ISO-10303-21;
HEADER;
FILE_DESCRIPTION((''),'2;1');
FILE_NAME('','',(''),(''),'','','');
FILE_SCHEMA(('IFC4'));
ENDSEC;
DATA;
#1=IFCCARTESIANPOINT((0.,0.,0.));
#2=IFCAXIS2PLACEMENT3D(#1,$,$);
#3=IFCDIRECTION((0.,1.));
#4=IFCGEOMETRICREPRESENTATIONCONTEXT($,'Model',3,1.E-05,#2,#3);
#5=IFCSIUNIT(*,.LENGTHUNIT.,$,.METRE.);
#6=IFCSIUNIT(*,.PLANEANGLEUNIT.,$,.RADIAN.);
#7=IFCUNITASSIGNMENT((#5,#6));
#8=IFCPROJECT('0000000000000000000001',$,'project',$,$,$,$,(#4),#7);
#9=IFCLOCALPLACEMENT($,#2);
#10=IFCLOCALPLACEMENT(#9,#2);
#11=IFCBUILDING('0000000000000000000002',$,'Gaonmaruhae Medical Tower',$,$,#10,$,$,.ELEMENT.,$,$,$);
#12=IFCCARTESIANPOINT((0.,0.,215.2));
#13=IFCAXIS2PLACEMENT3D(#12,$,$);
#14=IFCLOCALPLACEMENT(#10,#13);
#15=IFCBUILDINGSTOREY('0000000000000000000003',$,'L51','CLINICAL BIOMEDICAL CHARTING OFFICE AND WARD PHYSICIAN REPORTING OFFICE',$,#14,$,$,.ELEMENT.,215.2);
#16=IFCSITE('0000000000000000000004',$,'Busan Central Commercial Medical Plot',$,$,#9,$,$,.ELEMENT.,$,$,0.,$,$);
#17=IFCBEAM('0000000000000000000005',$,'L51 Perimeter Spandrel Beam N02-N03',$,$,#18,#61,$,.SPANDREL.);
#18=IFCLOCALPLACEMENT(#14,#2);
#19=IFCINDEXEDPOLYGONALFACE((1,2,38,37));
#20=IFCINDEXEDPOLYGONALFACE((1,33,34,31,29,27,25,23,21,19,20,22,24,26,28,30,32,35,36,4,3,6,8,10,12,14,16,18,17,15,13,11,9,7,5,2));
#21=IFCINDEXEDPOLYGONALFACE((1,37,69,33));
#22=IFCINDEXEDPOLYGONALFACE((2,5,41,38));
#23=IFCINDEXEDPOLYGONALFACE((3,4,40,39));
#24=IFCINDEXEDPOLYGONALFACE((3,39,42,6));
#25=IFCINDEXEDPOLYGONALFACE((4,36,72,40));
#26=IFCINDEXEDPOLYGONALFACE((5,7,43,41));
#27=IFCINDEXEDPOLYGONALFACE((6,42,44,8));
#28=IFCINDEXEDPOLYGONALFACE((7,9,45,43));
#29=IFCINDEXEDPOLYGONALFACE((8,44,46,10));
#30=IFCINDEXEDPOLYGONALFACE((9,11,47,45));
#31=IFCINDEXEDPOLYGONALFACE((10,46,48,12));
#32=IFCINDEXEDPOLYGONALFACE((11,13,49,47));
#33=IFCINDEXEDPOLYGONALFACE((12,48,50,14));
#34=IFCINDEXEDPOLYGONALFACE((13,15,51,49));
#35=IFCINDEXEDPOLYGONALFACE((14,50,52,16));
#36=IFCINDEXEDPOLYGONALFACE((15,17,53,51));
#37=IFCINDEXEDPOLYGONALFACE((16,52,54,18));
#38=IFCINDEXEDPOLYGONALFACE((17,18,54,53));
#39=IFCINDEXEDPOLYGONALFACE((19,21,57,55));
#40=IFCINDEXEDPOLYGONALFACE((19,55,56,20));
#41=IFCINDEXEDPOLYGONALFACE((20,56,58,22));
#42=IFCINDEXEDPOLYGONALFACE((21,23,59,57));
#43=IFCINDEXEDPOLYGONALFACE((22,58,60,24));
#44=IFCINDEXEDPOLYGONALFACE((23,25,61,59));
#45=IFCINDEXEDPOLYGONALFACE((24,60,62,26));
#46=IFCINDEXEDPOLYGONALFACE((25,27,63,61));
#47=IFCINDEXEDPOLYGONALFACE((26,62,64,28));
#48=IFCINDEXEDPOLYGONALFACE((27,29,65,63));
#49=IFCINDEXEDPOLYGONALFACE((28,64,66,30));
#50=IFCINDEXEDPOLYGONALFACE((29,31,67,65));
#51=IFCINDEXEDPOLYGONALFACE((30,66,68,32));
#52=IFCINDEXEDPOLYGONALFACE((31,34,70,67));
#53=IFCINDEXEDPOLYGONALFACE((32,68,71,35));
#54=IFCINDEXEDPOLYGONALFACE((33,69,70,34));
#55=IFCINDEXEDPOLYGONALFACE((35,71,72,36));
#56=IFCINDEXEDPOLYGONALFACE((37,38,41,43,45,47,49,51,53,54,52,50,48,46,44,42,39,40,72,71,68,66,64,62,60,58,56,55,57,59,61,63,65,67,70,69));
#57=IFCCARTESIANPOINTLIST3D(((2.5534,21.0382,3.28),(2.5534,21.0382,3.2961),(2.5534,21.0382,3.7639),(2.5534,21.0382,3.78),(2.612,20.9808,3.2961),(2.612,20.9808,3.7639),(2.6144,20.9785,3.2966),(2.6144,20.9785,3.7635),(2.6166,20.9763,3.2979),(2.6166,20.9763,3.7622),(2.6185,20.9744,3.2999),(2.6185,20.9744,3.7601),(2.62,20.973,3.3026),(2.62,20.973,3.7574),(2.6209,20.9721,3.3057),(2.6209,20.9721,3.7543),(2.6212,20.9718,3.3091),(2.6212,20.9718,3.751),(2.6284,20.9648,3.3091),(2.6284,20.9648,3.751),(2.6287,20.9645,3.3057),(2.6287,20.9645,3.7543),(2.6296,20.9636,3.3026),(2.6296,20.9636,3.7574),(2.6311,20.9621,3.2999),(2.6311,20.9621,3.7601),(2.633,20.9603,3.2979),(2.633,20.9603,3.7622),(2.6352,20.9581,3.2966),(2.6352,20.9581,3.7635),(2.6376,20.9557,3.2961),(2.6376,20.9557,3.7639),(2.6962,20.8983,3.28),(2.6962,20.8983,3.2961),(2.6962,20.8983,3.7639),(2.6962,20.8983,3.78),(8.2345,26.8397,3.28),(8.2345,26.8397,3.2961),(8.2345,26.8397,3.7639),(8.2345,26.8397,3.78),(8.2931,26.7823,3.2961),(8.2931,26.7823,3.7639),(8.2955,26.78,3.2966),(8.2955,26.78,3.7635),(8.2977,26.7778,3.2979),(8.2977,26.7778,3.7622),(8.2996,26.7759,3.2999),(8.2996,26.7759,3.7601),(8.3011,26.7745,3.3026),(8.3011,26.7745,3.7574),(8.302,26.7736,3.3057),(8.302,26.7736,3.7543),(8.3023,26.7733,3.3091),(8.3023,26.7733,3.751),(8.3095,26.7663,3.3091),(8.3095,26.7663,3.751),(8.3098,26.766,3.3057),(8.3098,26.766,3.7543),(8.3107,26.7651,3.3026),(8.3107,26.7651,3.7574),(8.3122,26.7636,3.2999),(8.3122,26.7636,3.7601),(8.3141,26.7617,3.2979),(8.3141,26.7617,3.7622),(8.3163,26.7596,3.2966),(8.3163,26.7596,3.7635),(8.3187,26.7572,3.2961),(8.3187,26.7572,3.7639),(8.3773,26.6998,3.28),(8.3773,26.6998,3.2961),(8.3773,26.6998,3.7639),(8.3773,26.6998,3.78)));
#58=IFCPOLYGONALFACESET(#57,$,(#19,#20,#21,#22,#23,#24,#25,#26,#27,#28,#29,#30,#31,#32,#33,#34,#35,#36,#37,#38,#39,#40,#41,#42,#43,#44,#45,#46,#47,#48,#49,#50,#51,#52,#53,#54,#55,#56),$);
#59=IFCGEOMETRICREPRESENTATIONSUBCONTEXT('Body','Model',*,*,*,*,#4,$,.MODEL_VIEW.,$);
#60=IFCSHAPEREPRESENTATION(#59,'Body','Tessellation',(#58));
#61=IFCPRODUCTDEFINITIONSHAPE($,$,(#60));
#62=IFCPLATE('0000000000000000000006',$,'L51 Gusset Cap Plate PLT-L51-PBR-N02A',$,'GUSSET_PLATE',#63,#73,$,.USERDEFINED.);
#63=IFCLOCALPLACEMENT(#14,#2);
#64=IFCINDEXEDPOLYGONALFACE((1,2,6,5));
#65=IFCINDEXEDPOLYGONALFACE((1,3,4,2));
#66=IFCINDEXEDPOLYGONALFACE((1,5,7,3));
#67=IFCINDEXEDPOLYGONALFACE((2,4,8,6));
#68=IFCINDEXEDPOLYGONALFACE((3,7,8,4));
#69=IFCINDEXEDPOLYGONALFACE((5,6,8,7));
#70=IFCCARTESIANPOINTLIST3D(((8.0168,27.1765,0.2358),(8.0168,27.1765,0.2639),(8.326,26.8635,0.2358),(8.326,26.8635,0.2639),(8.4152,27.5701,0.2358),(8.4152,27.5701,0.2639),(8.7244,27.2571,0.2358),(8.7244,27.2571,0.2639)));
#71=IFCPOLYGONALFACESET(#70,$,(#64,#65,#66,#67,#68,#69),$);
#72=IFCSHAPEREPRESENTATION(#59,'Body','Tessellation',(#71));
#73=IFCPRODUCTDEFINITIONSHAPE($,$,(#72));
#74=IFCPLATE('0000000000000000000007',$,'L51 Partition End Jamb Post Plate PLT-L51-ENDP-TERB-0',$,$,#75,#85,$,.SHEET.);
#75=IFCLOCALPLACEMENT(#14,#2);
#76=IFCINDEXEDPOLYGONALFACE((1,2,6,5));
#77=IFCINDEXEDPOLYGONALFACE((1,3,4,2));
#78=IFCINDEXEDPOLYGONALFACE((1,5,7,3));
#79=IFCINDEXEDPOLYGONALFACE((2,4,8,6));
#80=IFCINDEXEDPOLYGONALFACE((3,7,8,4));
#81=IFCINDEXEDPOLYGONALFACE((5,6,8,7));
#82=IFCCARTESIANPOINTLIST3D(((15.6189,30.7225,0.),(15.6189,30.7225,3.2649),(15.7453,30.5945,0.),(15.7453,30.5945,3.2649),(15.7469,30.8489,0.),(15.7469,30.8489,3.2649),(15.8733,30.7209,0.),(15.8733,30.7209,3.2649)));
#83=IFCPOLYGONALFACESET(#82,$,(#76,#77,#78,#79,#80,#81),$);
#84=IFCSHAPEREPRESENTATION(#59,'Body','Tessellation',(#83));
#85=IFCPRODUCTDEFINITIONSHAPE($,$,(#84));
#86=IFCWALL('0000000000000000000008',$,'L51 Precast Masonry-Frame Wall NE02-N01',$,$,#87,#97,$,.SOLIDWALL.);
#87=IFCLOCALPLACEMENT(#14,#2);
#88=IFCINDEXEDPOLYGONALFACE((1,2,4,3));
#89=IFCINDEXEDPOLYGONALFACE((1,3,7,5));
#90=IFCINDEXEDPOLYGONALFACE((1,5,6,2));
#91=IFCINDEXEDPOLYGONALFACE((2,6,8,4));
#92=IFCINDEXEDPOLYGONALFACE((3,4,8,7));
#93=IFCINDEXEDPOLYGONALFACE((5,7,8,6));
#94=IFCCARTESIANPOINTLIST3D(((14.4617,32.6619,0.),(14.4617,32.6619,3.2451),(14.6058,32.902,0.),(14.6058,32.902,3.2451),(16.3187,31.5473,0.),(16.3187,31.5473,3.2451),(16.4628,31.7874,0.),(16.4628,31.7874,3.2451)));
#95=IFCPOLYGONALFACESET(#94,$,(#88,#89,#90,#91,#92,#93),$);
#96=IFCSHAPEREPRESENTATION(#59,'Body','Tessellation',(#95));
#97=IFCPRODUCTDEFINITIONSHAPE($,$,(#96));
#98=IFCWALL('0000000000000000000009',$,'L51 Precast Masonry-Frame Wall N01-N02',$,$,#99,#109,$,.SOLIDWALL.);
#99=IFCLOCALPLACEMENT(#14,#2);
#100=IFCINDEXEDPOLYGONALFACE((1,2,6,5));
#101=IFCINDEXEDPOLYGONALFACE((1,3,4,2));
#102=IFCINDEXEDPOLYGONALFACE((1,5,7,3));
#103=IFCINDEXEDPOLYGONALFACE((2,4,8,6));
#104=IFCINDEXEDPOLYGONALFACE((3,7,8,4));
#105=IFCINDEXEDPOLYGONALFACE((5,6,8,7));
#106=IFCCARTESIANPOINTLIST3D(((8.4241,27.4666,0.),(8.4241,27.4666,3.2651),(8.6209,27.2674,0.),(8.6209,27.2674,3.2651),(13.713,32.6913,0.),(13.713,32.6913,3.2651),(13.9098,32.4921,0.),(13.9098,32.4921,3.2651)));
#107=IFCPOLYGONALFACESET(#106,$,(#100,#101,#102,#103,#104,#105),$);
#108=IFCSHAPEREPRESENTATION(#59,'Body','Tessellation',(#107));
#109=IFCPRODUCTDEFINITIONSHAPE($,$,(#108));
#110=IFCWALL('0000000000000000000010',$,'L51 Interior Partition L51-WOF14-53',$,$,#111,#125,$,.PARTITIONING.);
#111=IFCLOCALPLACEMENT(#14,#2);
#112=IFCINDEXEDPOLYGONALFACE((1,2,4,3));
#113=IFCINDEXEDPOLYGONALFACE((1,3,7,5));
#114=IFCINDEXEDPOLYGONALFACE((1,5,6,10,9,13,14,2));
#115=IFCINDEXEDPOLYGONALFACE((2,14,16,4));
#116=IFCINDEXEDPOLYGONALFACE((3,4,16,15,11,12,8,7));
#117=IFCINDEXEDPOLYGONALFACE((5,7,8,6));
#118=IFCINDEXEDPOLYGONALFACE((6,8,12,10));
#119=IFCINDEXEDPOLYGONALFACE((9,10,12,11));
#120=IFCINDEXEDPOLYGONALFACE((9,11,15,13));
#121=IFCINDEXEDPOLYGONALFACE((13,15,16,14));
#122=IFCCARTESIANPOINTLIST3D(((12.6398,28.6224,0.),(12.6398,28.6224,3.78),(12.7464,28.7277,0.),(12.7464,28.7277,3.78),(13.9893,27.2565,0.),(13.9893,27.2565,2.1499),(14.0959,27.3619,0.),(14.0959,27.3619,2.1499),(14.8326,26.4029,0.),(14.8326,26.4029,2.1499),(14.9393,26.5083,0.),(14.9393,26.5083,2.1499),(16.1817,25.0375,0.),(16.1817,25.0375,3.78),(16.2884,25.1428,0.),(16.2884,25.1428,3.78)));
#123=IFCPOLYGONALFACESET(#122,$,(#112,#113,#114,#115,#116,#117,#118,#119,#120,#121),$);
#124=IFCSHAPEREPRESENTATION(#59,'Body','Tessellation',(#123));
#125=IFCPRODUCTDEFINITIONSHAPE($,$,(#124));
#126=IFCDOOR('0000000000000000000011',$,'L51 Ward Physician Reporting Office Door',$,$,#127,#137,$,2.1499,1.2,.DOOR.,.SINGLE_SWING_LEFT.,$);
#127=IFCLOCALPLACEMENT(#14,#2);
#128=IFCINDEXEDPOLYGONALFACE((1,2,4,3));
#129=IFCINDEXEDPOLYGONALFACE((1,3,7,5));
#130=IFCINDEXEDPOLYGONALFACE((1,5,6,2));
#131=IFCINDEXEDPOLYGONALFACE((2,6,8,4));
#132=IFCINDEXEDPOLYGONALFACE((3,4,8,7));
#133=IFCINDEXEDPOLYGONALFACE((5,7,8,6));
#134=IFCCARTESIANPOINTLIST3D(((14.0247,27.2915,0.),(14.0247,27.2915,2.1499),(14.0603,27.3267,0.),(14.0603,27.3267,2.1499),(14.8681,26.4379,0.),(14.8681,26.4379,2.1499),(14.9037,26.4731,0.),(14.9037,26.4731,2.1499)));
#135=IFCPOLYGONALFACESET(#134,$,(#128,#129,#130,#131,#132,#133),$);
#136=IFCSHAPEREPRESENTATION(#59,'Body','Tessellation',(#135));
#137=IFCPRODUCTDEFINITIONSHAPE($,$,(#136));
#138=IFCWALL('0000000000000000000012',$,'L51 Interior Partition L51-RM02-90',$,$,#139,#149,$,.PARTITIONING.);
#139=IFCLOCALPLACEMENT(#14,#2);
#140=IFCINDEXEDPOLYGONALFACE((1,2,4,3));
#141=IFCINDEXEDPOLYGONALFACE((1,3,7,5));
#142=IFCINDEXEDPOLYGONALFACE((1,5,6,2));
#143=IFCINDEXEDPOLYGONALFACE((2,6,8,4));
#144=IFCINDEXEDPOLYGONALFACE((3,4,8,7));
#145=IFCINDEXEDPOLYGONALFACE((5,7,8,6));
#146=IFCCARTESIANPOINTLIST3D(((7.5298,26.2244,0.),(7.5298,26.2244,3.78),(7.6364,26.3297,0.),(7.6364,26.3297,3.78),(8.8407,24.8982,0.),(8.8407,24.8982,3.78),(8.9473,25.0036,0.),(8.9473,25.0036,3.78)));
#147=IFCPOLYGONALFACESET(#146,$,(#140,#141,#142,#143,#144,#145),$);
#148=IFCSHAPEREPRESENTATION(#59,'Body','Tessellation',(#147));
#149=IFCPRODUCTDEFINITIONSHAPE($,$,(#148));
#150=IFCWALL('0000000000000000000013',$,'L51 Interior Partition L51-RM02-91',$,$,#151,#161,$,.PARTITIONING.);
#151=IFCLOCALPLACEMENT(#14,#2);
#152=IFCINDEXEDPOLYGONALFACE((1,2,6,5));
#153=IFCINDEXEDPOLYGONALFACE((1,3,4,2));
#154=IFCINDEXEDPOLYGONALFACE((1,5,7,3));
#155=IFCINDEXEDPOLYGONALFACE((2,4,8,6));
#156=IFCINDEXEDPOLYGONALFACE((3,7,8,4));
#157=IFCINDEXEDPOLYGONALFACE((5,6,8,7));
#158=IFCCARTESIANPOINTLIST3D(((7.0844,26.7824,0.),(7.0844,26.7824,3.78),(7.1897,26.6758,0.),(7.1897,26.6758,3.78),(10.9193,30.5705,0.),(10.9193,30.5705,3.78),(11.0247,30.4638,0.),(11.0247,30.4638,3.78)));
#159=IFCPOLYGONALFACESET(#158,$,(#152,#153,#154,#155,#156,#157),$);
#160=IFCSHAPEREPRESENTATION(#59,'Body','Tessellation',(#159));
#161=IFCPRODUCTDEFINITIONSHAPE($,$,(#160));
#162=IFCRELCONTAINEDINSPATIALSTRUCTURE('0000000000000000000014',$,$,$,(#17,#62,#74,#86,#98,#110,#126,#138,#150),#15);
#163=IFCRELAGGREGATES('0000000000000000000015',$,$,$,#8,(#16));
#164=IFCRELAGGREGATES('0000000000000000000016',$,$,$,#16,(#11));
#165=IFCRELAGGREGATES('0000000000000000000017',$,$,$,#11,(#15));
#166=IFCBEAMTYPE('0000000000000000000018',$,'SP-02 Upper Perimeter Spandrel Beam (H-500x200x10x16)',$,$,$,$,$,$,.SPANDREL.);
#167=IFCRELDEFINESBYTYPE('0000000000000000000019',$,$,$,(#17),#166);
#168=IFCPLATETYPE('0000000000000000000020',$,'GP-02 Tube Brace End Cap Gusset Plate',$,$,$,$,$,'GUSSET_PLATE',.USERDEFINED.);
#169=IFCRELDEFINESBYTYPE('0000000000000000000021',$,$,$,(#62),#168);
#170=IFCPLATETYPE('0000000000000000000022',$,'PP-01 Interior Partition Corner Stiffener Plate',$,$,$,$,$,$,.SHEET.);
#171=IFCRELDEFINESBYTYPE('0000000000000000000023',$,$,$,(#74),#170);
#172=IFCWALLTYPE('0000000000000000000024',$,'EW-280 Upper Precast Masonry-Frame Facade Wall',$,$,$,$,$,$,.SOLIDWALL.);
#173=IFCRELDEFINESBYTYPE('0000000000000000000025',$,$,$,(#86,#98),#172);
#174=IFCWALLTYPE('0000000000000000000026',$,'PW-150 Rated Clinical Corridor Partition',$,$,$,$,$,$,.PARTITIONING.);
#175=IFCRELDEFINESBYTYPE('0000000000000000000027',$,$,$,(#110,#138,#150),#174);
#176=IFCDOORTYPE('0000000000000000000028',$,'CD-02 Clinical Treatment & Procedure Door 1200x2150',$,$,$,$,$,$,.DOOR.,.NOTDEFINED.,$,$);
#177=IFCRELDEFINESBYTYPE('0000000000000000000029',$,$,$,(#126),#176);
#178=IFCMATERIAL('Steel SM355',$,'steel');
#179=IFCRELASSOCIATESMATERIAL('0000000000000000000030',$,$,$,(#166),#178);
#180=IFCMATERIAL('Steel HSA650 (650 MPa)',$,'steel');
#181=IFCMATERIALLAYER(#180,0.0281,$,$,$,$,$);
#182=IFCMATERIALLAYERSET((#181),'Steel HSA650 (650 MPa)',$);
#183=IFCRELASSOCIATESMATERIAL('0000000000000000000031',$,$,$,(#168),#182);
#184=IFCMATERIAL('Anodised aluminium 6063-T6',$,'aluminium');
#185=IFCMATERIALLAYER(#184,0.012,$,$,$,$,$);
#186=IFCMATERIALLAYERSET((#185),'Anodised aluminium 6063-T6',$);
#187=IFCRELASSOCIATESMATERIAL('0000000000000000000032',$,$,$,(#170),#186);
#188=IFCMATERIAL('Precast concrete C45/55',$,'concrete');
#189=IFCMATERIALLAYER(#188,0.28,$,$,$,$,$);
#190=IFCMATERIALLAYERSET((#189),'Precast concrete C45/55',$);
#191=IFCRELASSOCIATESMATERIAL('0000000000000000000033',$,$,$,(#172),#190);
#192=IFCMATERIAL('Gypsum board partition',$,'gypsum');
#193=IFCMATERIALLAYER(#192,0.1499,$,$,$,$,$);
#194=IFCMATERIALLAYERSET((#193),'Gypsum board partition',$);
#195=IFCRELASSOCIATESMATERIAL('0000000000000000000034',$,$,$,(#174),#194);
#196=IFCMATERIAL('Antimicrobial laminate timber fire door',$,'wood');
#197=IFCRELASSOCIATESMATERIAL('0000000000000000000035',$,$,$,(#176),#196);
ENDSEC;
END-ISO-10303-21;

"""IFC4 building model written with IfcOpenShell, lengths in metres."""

from ifc_helpers import new_model, si_unit, direction, frame, frame_2d, origin, origin_2d, place, context, subcontext, project, spatial, rectangle, i_section, extrude, material, layer, layer_set, material_profile, profile_set, type_object, element, fill, save


model = new_model("IFC4")

# Units and contexts
model_context = context("Model", 3, precision=1e-05, world=origin(), true_north=direction((0.0, 1.0)))
body_context = subcontext(model_context, "Body", "Model", "MODEL_VIEW")
ifc_project = project(units=[si_unit("LENGTHUNIT", "METRE"), si_unit("PLANEANGLEUNIT", "RADIAN")], contexts=[model_context])

# Site, building, storey
site_placement = place(None, origin())
site = spatial("IfcSite", under=ifc_project, at=site_placement, Name="Busan Central Commercial Medical Plot", CompositionType="ELEMENT", RefElevation=0.0)
building_placement = place(site_placement, origin())
building = spatial("IfcBuilding", under=site, at=building_placement, Name="Gaonmaruhae Medical Tower", CompositionType="ELEMENT")
storey_placement = place(building_placement, frame((0.0, 0.0, 215.2)))
storey = spatial("IfcBuildingStorey", under=building, at=storey_placement, Name="L51", Description="CLINICAL BIOMEDICAL CHARTING OFFICE AND WARD PHYSICIAN REPORTING OFFICE", CompositionType="ELEMENT", Elevation=215.2)

# Shared definitions
ifc_material_1 = material(Name="Steel SM355", Category="steel")

# Beam
ifc_material_profile_1 = material_profile(ifc_material_1, i_section(OverallWidth=0.2, OverallDepth=0.5, WebThickness=0.01, FlangeThickness=0.0161, FilletRadius=0.0129, at=origin_2d()), Name="H-500x200x10x16")
ifc_profile_set_1 = profile_set([ifc_material_profile_1], Name="Steel SM355")
beam_type_1 = type_object("IfcBeamType", Name="SP-02 Upper Perimeter Spandrel Beam (H-500x200x10x16)", PredefinedType="SPANDREL", material=ifc_profile_set_1)
for number, where, z_axis, x_axis, name in (
    (1, (8.3059, 26.7698, 3.53), (-0.699656, -0.714479, 0.0), (0.714479, -0.699656, 0.0), "L51 Perimeter Spandrel Beam N02-N03"),
):
    element("IfcBeam", number, at=place(storey_placement, frame(where, z_axis=z_axis, x_axis=x_axis)), inside=storey, type_object=beam_type_1, Name=name, PredefinedType="SPANDREL", context=body_context, shape_type="SweptSolid", body=[
        extrude(i_section(OverallWidth=0.2, OverallDepth=0.5, WebThickness=0.01, FlangeThickness=0.0161, FilletRadius=0.0129, at=origin_2d()), origin(), (0.0, 0.0, 1.0), 8.1199),
    ])

# Plates
ifc_material_2 = material(Name="Steel HSA650 (650 MPa)", Category="steel")
ifc_layer_1 = layer(ifc_material_2, 0.0281)
ifc_layer_set_1 = layer_set([ifc_layer_1], Name="Steel HSA650 (650 MPa)")
plate_type_1 = type_object("IfcPlateType", Name="GP-02 Tube Brace End Cap Gusset Plate", ElementType="GUSSET_PLATE", PredefinedType="USERDEFINED", material=ifc_layer_set_1)
plate_1_placement = place(storey_placement, frame((8.3706, 27.2168, 0.2358), z_axis=(0.0, 0.0, 1.0), x_axis=(0.711413, 0.702774, 0.0)))
element("IfcPlate", 2, at=plate_1_placement, inside=storey, type_object=plate_type_1, Name="L51 Gusset Cap Plate PLT-L51-PBR-N02A", ObjectType="GUSSET_PLATE", PredefinedType="USERDEFINED", context=body_context, shape_type="SweptSolid", body=[
    extrude(rectangle(XDim=0.5601, YDim=0.4399, at=origin_2d()), origin(), (0.0, 0.0, 1.0), 0.0281),
])
ifc_material_3 = material(Name="Anodised aluminium 6063-T6", Category="aluminium")
ifc_layer_2 = layer(ifc_material_3, 0.012)
ifc_layer_set_2 = layer_set([ifc_layer_2], Name="Anodised aluminium 6063-T6")
plate_type_2 = type_object("IfcPlateType", Name="PP-01 Interior Partition Corner Stiffener Plate", PredefinedType="SHEET", material=ifc_layer_set_2)
plate_2_placement = place(storey_placement, frame((15.7461, 30.7217, 0.0), z_axis=(0.0, 0.0, 1.0), x_axis=(0.702774, -0.711413, 0.0)))
element("IfcPlate", 3, at=plate_2_placement, inside=storey, type_object=plate_type_2, Name="L51 Partition End Jamb Post Plate PLT-L51-ENDP-TERB-0", PredefinedType="SHEET", context=body_context, shape_type="SweptSolid", body=[
    extrude(rectangle(XDim=0.1799, YDim=0.1799, at=origin_2d()), origin(), (0.0, 0.0, 1.0), 3.2649),
])

# Shared definitions
ifc_material_4 = material(Name="Precast concrete C45/55", Category="concrete")

# Walls
ifc_layer_3 = layer(ifc_material_4, 0.28)
ifc_layer_set_3 = layer_set([ifc_layer_3], Name="Precast concrete C45/55")
wall_type_1 = type_object("IfcWallType", Name="EW-280 Upper Precast Masonry-Frame Facade Wall", PredefinedType="SOLIDWALL", material=ifc_layer_set_3)
wall_1_placement = place(storey_placement, frame((14.5337, 32.782, 0.0), z_axis=(0.0, 0.0, 1.0), x_axis=(0.857423, -0.514612, 0.0)))
element("IfcWall", 4, at=wall_1_placement, inside=storey, type_object=wall_type_1, Name="L51 Precast Masonry-Frame Wall NE02-N01", PredefinedType="SOLIDWALL", context=body_context, shape_type="SweptSolid", body=[
    extrude(rectangle(XDim=2.1658, YDim=0.28, at=frame_2d((1.083, 0.0))), origin(), (0.0, 0.0, 1.0), 3.2451),
])
wall_2_placement = place(storey_placement, frame((8.5225, 27.3669, 0.0), z_axis=(0.0, 0.0, 1.0), x_axis=(0.711412, 0.702775, 0.0)))
element("IfcWall", 5, at=wall_2_placement, inside=storey, type_object=wall_type_1, Name="L51 Precast Masonry-Frame Wall N01-N02", PredefinedType="SOLIDWALL", context=body_context, shape_type="SweptSolid", body=[
    extrude(rectangle(XDim=7.4343, YDim=0.28, at=frame_2d((3.7173, 0.0))), origin(), (0.0, 0.0, 1.0), 3.2651),
])

# Wall, opening, door
ifc_material_5 = material(Name="Gypsum board partition", Category="gypsum")
ifc_layer_4 = layer(ifc_material_5, 0.1499)
ifc_layer_set_4 = layer_set([ifc_layer_4], Name="Gypsum board partition")
wall_type_2 = type_object("IfcWallType", Name="PW-150 Rated Clinical Corridor Partition", PredefinedType="PARTITIONING", material=ifc_layer_set_4)
wall_3_placement = place(storey_placement, frame((12.6931, 28.675, 0.0), z_axis=(0.0, 0.0, 1.0), x_axis=(0.702831, -0.711357, 0.0)))
wall_3 = element("IfcWall", 6, at=wall_3_placement, inside=storey, type_object=wall_type_2, Name="L51 Interior Partition L51-WOF14-53", PredefinedType="PARTITIONING", context=body_context, shape_type="SweptSolid", body=[
    extrude(rectangle(XDim=5.0396, YDim=0.1499, at=frame_2d((2.5198, 0.0))), origin(), (0.0, 0.0, 1.0), 3.78),
])
opening_1_placement = place(wall_3_placement, frame((1.9199, 0.0, 0.0)))
opening_1 = element("IfcOpeningElement", 7, at=opening_1_placement, cuts=wall_3, PredefinedType="OPENING", context=body_context, shape_type="SweptSolid", body=[
    extrude(rectangle(XDim=1.2, YDim=2.1499, at=frame_2d((0.6001, 1.075))), frame((0.0, 0.085, 0.0), z_axis=(0.0, -1.0, 0.0), x_axis=(1.0, 0.0, 0.0)), (0.0, 0.0, 1.0), 0.1699),
])
ifc_material_6 = material(Name="Antimicrobial laminate timber fire door", Category="wood")
door_type_1 = type_object("IfcDoorType", Name="CD-02 Clinical Treatment & Procedure Door 1200x2150", OperationType="NOTDEFINED", PredefinedType="DOOR", material=ifc_material_6)
door_1_placement = place(opening_1_placement, origin())
door_1 = element("IfcDoor", 8, at=door_1_placement, inside=storey, type_object=door_type_1, Name="L51 Ward Physician Reporting Office Door", OperationType="SINGLE_SWING_LEFT", OverallHeight=2.1499, OverallWidth=1.2, PredefinedType="DOOR", context=body_context, shape_type="SweptSolid", body=[
    extrude(rectangle(XDim=1.2, YDim=2.1499, at=frame_2d((0.6001, 1.075))), frame((0.0, 0.0249, 0.0), z_axis=(0.0, -1.0, 0.0), x_axis=(1.0, 0.0, 0.0)), (0.0, 0.0, 1.0), 0.05),
])
fill(opening_1, door_1)

# Walls
wall_4_placement = place(storey_placement, frame((8.894, 24.9509, 0.0), z_axis=(0.0, 0.0, 1.0), x_axis=(-0.703037, 0.711154, 0.0)))
element("IfcWall", 9, at=wall_4_placement, inside=storey, type_object=wall_type_2, Name="L51 Interior Partition L51-RM02-90", PredefinedType="PARTITIONING", context=body_context, shape_type="SweptSolid", body=[
    extrude(rectangle(XDim=1.8647, YDim=0.1499, at=frame_2d((0.9324, 0.0))), origin(), (0.0, 0.0, 1.0), 3.78),
])
wall_5_placement = place(storey_placement, frame((7.137, 26.729, 0.0), z_axis=(0.0, 0.0, 1.0), x_axis=(0.711441, 0.702745, 0.0)))
element("IfcWall", 10, at=wall_5_placement, inside=storey, type_object=wall_type_2, Name="L51 Interior Partition L51-RM02-91", PredefinedType="PARTITIONING", context=body_context, shape_type="SweptSolid", body=[
    extrude(rectangle(XDim=5.3904, YDim=0.1499, at=frame_2d((2.6953, 0.0))), origin(), (0.0, 0.0, 1.0), 3.78),
])

save(model, "model.ifc")
